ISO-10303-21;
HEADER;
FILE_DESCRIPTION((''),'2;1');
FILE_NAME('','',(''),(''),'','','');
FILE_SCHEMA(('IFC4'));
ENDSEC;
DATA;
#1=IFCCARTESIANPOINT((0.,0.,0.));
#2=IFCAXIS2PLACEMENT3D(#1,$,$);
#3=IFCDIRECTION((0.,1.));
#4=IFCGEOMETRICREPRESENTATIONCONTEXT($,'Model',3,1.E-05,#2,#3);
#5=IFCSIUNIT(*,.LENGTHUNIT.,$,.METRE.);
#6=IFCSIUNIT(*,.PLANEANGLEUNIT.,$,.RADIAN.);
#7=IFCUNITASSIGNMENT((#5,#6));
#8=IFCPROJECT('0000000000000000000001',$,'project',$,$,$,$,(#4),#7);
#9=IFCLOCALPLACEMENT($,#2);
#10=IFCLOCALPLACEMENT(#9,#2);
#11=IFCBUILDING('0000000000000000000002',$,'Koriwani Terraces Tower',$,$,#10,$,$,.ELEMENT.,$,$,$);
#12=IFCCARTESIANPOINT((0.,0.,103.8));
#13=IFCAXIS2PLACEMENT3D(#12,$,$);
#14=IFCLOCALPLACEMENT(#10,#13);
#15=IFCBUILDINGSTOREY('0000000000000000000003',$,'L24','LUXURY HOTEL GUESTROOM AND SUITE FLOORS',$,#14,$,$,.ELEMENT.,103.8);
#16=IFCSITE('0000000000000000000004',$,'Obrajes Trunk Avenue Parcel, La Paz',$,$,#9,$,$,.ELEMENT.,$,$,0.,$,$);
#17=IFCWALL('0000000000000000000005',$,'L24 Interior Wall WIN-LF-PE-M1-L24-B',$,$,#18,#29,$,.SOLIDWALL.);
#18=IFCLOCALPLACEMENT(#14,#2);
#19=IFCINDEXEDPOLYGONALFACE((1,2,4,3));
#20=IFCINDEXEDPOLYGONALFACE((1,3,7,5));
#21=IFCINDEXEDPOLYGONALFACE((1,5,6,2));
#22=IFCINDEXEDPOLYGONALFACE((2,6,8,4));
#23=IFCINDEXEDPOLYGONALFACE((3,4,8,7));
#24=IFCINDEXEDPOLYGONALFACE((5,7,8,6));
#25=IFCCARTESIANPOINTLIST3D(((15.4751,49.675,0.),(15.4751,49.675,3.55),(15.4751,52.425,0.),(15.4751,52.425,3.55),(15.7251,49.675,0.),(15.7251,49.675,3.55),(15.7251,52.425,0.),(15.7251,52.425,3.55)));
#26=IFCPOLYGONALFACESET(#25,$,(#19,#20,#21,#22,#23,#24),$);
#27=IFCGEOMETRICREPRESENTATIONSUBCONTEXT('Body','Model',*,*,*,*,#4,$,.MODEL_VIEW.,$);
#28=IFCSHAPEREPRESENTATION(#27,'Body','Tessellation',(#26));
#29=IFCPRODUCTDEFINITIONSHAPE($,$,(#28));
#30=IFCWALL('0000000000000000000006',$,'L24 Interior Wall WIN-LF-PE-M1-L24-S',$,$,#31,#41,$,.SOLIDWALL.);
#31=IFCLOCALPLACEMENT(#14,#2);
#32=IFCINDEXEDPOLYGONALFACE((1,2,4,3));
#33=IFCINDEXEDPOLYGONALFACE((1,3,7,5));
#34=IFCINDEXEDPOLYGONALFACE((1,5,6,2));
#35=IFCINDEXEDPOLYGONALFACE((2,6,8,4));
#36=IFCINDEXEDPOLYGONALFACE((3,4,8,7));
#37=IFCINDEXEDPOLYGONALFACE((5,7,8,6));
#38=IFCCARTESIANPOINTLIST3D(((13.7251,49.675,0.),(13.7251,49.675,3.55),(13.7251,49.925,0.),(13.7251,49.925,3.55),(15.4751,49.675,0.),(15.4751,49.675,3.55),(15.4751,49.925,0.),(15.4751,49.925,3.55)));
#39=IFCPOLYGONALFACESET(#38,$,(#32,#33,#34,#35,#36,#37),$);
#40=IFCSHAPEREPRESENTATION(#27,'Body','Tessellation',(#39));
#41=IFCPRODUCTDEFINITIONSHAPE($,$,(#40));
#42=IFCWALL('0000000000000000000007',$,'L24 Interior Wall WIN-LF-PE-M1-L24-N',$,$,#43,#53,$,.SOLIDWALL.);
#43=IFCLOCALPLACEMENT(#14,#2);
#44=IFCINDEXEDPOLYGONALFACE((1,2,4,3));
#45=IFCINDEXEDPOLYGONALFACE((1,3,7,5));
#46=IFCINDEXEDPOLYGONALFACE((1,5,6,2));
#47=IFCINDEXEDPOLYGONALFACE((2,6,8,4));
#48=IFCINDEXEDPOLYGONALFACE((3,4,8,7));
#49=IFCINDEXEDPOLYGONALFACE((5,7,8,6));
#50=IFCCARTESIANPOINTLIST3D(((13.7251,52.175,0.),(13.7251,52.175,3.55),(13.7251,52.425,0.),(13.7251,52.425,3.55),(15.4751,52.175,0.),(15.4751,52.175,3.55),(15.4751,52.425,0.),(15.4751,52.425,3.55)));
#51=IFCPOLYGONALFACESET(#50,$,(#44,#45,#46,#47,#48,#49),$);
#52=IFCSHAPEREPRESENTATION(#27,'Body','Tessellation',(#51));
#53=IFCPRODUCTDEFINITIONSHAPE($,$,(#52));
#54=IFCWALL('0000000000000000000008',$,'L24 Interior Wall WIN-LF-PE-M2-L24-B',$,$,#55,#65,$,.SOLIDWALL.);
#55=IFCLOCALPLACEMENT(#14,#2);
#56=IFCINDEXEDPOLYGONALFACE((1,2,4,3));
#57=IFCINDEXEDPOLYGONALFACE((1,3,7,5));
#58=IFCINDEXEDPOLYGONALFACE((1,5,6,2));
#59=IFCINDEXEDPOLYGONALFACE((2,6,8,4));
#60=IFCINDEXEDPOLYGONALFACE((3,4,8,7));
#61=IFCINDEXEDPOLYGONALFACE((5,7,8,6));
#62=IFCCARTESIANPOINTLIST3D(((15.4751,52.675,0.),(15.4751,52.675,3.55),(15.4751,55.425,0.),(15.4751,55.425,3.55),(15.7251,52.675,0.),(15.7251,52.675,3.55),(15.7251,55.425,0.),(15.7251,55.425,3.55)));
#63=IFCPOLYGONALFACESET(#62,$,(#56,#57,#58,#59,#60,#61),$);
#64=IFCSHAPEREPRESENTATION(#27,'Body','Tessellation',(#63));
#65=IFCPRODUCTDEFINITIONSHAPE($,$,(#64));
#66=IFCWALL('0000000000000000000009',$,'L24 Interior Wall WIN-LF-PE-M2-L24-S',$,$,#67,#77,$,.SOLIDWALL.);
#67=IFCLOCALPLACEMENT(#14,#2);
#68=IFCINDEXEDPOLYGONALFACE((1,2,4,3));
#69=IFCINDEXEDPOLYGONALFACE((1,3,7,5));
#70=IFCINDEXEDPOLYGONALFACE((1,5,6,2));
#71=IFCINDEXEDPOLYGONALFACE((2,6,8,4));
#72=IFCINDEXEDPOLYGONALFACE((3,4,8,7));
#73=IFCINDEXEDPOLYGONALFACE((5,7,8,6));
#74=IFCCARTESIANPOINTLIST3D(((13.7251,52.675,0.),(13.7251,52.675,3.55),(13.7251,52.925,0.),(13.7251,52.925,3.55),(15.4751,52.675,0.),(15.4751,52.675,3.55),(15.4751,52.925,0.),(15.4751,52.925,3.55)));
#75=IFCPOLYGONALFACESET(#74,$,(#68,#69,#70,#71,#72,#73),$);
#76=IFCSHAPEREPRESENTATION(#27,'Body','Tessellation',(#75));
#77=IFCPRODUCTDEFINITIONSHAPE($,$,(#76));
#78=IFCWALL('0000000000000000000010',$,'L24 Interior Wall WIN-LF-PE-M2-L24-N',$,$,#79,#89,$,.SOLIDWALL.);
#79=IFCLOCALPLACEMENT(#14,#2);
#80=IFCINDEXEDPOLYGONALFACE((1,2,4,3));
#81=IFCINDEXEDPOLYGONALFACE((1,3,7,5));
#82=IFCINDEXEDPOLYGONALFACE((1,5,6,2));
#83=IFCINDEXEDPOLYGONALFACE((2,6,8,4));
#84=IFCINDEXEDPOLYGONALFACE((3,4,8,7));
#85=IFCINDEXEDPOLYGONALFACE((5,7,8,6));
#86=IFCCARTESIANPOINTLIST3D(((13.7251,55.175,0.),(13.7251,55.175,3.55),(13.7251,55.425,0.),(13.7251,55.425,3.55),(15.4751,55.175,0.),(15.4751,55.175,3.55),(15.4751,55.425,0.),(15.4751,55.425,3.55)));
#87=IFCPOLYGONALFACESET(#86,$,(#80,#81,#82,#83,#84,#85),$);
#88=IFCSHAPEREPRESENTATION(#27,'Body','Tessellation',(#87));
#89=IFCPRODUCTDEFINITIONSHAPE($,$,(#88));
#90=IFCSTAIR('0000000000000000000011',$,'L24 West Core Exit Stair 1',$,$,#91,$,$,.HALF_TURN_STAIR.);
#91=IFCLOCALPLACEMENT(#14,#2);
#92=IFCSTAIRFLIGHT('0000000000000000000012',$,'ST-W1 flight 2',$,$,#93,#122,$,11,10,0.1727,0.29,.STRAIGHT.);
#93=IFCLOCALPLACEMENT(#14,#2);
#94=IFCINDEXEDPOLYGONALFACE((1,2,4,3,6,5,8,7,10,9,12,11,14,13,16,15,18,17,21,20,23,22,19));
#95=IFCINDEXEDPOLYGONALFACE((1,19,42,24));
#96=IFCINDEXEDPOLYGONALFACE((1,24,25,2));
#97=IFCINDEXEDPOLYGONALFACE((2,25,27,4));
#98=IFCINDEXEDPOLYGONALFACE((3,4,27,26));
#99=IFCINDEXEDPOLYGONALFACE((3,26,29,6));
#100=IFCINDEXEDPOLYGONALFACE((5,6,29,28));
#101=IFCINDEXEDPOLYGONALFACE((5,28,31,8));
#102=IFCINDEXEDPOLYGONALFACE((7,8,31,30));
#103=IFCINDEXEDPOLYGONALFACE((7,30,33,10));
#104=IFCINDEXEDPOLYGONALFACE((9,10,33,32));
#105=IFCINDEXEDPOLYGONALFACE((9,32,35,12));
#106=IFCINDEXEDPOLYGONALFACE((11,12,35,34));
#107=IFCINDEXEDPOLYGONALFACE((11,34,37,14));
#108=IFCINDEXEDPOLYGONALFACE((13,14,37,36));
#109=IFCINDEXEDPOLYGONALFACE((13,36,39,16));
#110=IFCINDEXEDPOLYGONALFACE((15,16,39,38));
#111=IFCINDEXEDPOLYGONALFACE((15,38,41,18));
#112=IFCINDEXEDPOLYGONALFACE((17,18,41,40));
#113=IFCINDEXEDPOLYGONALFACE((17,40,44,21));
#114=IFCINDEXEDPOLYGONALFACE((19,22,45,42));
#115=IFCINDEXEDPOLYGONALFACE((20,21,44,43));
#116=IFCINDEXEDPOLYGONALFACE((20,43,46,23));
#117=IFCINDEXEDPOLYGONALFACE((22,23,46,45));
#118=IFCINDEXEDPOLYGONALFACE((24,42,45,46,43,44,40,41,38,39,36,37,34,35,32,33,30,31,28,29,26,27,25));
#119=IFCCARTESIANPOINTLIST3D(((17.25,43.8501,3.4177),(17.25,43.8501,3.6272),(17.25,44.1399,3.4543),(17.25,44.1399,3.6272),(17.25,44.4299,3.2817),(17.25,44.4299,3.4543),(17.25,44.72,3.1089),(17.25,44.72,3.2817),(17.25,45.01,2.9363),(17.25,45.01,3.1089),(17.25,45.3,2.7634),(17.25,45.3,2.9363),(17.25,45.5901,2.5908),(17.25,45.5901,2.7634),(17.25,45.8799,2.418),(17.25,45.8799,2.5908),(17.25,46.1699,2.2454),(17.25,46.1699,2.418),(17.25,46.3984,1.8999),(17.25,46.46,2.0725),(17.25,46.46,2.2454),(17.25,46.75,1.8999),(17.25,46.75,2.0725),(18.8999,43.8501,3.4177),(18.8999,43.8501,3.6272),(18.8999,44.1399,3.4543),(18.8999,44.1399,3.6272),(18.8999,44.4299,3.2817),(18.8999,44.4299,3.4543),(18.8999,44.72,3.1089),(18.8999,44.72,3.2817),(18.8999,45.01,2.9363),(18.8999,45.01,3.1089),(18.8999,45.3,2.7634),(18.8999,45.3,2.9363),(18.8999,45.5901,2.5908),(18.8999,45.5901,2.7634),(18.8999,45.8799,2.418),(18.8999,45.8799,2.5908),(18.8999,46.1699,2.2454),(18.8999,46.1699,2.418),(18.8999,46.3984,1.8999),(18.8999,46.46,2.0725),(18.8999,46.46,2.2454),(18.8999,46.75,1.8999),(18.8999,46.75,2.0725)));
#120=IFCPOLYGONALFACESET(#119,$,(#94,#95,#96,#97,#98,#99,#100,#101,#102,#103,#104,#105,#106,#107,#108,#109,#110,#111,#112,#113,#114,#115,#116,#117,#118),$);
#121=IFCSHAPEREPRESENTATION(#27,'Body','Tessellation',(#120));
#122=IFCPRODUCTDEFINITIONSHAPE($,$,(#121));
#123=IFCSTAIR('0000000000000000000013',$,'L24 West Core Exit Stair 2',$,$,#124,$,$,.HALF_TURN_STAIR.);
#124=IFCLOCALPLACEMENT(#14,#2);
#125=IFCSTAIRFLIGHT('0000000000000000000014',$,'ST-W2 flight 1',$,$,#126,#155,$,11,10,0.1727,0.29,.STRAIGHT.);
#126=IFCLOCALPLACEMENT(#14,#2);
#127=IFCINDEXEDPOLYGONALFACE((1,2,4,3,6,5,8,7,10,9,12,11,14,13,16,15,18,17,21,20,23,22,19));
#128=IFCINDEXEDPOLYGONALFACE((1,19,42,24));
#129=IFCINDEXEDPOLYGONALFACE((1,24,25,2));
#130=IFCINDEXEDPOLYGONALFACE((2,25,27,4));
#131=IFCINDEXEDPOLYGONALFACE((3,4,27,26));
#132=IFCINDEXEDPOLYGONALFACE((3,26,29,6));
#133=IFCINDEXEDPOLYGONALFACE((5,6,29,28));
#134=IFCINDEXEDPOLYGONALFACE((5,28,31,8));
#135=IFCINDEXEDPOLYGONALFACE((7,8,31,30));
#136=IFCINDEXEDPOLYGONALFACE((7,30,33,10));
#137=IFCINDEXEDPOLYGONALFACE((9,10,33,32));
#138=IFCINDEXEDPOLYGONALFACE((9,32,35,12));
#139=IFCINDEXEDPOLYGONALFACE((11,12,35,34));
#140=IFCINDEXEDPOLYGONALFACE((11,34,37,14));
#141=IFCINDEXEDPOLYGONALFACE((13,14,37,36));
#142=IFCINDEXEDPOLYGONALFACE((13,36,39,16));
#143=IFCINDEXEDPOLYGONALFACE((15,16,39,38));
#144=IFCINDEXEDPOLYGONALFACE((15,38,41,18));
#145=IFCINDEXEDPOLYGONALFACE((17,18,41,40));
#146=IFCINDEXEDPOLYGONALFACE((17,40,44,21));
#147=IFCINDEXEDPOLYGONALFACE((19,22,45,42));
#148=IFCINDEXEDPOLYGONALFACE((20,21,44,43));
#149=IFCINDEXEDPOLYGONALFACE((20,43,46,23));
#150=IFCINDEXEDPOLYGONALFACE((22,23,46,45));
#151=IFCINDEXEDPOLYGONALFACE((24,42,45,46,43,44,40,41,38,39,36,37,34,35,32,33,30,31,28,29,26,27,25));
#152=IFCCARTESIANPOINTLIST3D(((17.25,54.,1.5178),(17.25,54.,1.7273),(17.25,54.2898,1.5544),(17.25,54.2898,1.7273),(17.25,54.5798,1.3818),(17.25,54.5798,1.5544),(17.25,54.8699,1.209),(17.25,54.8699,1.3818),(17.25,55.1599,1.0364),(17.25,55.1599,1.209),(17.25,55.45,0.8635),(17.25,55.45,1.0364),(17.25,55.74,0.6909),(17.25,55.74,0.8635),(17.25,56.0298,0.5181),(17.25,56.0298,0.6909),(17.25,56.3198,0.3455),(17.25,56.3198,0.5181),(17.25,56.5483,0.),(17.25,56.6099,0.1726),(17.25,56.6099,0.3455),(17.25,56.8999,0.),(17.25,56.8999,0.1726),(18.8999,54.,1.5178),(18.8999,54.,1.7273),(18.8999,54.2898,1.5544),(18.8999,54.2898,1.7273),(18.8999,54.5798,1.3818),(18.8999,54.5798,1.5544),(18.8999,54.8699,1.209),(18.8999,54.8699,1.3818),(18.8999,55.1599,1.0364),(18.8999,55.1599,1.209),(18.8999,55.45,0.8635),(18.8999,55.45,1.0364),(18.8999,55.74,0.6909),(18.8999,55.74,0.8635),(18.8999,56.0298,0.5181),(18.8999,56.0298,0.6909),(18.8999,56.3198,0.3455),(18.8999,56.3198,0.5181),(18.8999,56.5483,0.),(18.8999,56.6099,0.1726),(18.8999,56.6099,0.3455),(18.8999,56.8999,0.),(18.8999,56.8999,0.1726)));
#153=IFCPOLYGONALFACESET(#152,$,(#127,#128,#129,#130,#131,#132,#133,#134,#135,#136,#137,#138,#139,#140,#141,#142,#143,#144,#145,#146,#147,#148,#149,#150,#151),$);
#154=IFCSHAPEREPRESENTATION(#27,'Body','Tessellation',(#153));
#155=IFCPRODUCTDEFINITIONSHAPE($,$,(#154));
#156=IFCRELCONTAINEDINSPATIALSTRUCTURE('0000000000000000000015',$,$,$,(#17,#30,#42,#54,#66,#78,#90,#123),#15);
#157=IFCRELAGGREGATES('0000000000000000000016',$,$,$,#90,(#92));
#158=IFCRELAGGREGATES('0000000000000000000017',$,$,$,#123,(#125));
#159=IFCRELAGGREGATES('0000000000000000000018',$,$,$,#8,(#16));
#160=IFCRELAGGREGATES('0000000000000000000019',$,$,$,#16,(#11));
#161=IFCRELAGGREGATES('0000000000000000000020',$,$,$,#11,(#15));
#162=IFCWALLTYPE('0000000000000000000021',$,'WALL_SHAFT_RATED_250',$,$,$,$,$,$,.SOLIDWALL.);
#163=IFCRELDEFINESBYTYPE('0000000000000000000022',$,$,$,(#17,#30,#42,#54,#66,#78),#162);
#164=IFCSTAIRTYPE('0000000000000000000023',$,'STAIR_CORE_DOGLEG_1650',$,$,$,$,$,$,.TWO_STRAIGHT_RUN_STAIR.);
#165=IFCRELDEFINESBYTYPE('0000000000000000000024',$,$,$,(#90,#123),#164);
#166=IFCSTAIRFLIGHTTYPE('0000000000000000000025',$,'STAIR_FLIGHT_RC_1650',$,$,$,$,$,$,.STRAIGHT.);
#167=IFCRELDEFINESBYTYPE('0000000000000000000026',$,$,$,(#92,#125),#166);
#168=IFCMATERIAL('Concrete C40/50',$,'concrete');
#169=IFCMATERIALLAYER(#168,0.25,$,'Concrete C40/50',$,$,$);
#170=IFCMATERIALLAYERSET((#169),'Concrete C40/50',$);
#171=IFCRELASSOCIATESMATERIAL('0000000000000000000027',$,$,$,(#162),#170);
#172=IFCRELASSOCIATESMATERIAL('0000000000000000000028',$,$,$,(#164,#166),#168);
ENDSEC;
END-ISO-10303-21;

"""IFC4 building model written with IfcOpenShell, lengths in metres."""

from ifc_helpers import new_model, si_unit, direction, frame, frame_2d, origin, place, context, subcontext, project, spatial, polyline, rectangle, outline, extrude, material, layer, layer_set, type_object, element, aggregate, save


model = new_model("IFC4")

# Units and contexts
model_context = context("Model", 3, precision=1e-05, world=origin(), true_north=direction((0.0, 1.0)))
body_context = subcontext(model_context, "Body", "Model", "MODEL_VIEW")
ifc_project = project(units=[si_unit("LENGTHUNIT", "METRE"), si_unit("PLANEANGLEUNIT", "RADIAN")], contexts=[model_context])

# Site, building, storey
site_placement = place(None, origin())
site = spatial("IfcSite", under=ifc_project, at=site_placement, Name="Obrajes Trunk Avenue Parcel, La Paz", CompositionType="ELEMENT", RefElevation=0.0)
building_placement = place(site_placement, origin())
building = spatial("IfcBuilding", under=site, at=building_placement, Name="Koriwani Terraces Tower", CompositionType="ELEMENT")
storey_placement = place(building_placement, frame((0.0, 0.0, 103.8)))
storey = spatial("IfcBuildingStorey", under=building, at=storey_placement, Name="L24", Description="LUXURY HOTEL GUESTROOM AND SUITE FLOORS", CompositionType="ELEMENT", Elevation=103.8)

# Shared definitions
ifc_material_1 = material(Name="Concrete C40/50", Category="concrete")

# Shared definitions
ifc_layer_1 = layer(ifc_material_1, 0.25, Name="Concrete C40/50")
ifc_layer_set_1 = layer_set([ifc_layer_1], Name="Concrete C40/50")
wall_type_1 = type_object("IfcWallType", Name="WALL_SHAFT_RATED_250", PredefinedType="SOLIDWALL", material=ifc_layer_set_1)

# Walls
wall_1_placement = place(storey_placement, frame((15.6001, 49.675, 0.0), z_axis=(0.0, 0.0, 1.0), x_axis=(0.0, 1.0, 0.0)))
element("IfcWall", 1, at=wall_1_placement, inside=storey, type_object=wall_type_1, Name="L24 Interior Wall WIN-LF-PE-M1-L24-B", PredefinedType="SOLIDWALL", context=body_context, shape_type="SweptSolid", body=[
    extrude(rectangle(XDim=2.75, YDim=0.25, at=frame_2d((1.375, 0.0))), origin(), (0.0, 0.0, 1.0), 3.55),
])
for number, where, z_axis, x_axis, name in (
    (2, (13.7251, 49.8, 0.0), (0.0, 0.0, 1.0), (1.0, 0.0, 0.0), "L24 Interior Wall WIN-LF-PE-M1-L24-S"),
    (3, (13.7251, 52.3, 0.0), (0.0, 0.0, 1.0), (1.0, 0.0, 0.0), "L24 Interior Wall WIN-LF-PE-M1-L24-N"),
):
    element("IfcWall", number, at=place(storey_placement, frame(where, z_axis=z_axis, x_axis=x_axis)), inside=storey, type_object=wall_type_1, Name=name, PredefinedType="SOLIDWALL", context=body_context, shape_type="SweptSolid", body=[
        extrude(rectangle(XDim=1.75, YDim=0.25, at=frame_2d((0.875, 0.0))), origin(), (0.0, 0.0, 1.0), 3.55),
    ])

# Walls
wall_2_placement = place(storey_placement, frame((15.6001, 52.675, 0.0), z_axis=(0.0, 0.0, 1.0), x_axis=(0.0, 1.0, 0.0)))
element("IfcWall", 4, at=wall_2_placement, inside=storey, type_object=wall_type_1, Name="L24 Interior Wall WIN-LF-PE-M2-L24-B", PredefinedType="SOLIDWALL", context=body_context, shape_type="SweptSolid", body=[
    extrude(rectangle(XDim=2.75, YDim=0.25, at=frame_2d((1.375, 0.0))), origin(), (0.0, 0.0, 1.0), 3.55),
])
for number, where, z_axis, x_axis, name in (
    (5, (13.7251, 52.8, 0.0), (0.0, 0.0, 1.0), (1.0, 0.0, 0.0), "L24 Interior Wall WIN-LF-PE-M2-L24-S"),
    (6, (13.7251, 55.3, 0.0), (0.0, 0.0, 1.0), (1.0, 0.0, 0.0), "L24 Interior Wall WIN-LF-PE-M2-L24-N"),
):
    element("IfcWall", number, at=place(storey_placement, frame(where, z_axis=z_axis, x_axis=x_axis)), inside=storey, type_object=wall_type_1, Name=name, PredefinedType="SOLIDWALL", context=body_context, shape_type="SweptSolid", body=[
        extrude(rectangle(XDim=1.75, YDim=0.25, at=frame_2d((0.875, 0.0))), origin(), (0.0, 0.0, 1.0), 3.55),
    ])

# Stairs, stair flights
stair_type = type_object("IfcStairType", Name="STAIR_CORE_DOGLEG_1650", PredefinedType="TWO_STRAIGHT_RUN_STAIR", material=ifc_material_1)
stair_1_placement = place(storey_placement, origin())
stair_1 = element("IfcStair", 7, at=stair_1_placement, inside=storey, type_object=stair_type, Name="L24 West Core Exit Stair 1", PredefinedType="HALF_TURN_STAIR")
stair_flight_type = type_object("IfcStairFlightType", Name="STAIR_FLIGHT_RC_1650", PredefinedType="STRAIGHT", material=ifc_material_1)
stair_flight_1_placement = place(storey_placement, frame((18.075, 46.75, 1.8999), z_axis=(0.0, 0.0, 1.0), x_axis=(0.0, -1.0, 0.0)))
stair_flight_1 = element("IfcStairFlight", 8, at=stair_flight_1_placement, type_object=stair_flight_type, Name="ST-W1 flight 2", NumberOfRisers=11, NumberOfTreads=10, PredefinedType="STRAIGHT", RiserHeight=0.1727, TreadLength=0.29, context=body_context, shape_type="SweptSolid", body=[
    extrude(outline(polyline([(0.0, 0.0), (0.0, 0.1726), (0.29, 0.1726), (0.29, 0.3455), (0.5801, 0.3455), (0.5801, 0.5181), (0.8701, 0.5181), (0.8701, 0.6909), (1.1599, 0.6909), (1.1599, 0.8635), (1.45, 0.8635), (1.45, 1.0364), (1.74, 1.0364), (1.74, 1.209), (2.03, 1.209), (2.03, 1.3818), (2.3201, 1.3818), (2.3201, 1.5544), (2.6101, 1.5544), (2.6101, 1.7273), (2.8999, 1.7273), (2.8999, 1.8999), (2.8999, 1.5178), (0.3516, 0.0), (0.0, 0.0)])), frame((0.0, 0.825, 0.0), z_axis=(0.0, -1.0, 0.0), x_axis=(1.0, 0.0, 0.0)), (0.0, 0.0, 1.0), 1.6499),
])
aggregate(stair_1, [stair_flight_1])
stair_2_placement = place(storey_placement, origin())
stair_2 = element("IfcStair", 9, at=stair_2_placement, inside=storey, type_object=stair_type, Name="L24 West Core Exit Stair 2", PredefinedType="HALF_TURN_STAIR")
stair_flight_2_placement = place(storey_placement, frame((18.075, 56.8999, 0.0), z_axis=(0.0, 0.0, 1.0), x_axis=(0.0, -1.0, 0.0)))
stair_flight_2 = element("IfcStairFlight", 10, at=stair_flight_2_placement, type_object=stair_flight_type, Name="ST-W2 flight 1", NumberOfRisers=11, NumberOfTreads=10, PredefinedType="STRAIGHT", RiserHeight=0.1727, TreadLength=0.29, context=body_context, shape_type="SweptSolid", body=[
    extrude(outline(polyline([(0.0, 0.0), (0.0, 0.1726), (0.29, 0.1726), (0.29, 0.3455), (0.5801, 0.3455), (0.5801, 0.5181), (0.8701, 0.5181), (0.8701, 0.6909), (1.1599, 0.6909), (1.1599, 0.8635), (1.45, 0.8635), (1.45, 1.0364), (1.74, 1.0364), (1.74, 1.209), (2.03, 1.209), (2.03, 1.3818), (2.3201, 1.3818), (2.3201, 1.5544), (2.6101, 1.5544), (2.6101, 1.7273), (2.8999, 1.7273), (2.8999, 1.8999), (2.8999, 1.5178), (0.3516, 0.0), (0.0, 0.0)])), frame((0.0, 0.825, 0.0), z_axis=(0.0, -1.0, 0.0), x_axis=(1.0, 0.0, 0.0)), (0.0, 0.0, 1.0), 1.6499),
])
aggregate(stair_2, [stair_flight_2])

save(model, "model.ifc")
